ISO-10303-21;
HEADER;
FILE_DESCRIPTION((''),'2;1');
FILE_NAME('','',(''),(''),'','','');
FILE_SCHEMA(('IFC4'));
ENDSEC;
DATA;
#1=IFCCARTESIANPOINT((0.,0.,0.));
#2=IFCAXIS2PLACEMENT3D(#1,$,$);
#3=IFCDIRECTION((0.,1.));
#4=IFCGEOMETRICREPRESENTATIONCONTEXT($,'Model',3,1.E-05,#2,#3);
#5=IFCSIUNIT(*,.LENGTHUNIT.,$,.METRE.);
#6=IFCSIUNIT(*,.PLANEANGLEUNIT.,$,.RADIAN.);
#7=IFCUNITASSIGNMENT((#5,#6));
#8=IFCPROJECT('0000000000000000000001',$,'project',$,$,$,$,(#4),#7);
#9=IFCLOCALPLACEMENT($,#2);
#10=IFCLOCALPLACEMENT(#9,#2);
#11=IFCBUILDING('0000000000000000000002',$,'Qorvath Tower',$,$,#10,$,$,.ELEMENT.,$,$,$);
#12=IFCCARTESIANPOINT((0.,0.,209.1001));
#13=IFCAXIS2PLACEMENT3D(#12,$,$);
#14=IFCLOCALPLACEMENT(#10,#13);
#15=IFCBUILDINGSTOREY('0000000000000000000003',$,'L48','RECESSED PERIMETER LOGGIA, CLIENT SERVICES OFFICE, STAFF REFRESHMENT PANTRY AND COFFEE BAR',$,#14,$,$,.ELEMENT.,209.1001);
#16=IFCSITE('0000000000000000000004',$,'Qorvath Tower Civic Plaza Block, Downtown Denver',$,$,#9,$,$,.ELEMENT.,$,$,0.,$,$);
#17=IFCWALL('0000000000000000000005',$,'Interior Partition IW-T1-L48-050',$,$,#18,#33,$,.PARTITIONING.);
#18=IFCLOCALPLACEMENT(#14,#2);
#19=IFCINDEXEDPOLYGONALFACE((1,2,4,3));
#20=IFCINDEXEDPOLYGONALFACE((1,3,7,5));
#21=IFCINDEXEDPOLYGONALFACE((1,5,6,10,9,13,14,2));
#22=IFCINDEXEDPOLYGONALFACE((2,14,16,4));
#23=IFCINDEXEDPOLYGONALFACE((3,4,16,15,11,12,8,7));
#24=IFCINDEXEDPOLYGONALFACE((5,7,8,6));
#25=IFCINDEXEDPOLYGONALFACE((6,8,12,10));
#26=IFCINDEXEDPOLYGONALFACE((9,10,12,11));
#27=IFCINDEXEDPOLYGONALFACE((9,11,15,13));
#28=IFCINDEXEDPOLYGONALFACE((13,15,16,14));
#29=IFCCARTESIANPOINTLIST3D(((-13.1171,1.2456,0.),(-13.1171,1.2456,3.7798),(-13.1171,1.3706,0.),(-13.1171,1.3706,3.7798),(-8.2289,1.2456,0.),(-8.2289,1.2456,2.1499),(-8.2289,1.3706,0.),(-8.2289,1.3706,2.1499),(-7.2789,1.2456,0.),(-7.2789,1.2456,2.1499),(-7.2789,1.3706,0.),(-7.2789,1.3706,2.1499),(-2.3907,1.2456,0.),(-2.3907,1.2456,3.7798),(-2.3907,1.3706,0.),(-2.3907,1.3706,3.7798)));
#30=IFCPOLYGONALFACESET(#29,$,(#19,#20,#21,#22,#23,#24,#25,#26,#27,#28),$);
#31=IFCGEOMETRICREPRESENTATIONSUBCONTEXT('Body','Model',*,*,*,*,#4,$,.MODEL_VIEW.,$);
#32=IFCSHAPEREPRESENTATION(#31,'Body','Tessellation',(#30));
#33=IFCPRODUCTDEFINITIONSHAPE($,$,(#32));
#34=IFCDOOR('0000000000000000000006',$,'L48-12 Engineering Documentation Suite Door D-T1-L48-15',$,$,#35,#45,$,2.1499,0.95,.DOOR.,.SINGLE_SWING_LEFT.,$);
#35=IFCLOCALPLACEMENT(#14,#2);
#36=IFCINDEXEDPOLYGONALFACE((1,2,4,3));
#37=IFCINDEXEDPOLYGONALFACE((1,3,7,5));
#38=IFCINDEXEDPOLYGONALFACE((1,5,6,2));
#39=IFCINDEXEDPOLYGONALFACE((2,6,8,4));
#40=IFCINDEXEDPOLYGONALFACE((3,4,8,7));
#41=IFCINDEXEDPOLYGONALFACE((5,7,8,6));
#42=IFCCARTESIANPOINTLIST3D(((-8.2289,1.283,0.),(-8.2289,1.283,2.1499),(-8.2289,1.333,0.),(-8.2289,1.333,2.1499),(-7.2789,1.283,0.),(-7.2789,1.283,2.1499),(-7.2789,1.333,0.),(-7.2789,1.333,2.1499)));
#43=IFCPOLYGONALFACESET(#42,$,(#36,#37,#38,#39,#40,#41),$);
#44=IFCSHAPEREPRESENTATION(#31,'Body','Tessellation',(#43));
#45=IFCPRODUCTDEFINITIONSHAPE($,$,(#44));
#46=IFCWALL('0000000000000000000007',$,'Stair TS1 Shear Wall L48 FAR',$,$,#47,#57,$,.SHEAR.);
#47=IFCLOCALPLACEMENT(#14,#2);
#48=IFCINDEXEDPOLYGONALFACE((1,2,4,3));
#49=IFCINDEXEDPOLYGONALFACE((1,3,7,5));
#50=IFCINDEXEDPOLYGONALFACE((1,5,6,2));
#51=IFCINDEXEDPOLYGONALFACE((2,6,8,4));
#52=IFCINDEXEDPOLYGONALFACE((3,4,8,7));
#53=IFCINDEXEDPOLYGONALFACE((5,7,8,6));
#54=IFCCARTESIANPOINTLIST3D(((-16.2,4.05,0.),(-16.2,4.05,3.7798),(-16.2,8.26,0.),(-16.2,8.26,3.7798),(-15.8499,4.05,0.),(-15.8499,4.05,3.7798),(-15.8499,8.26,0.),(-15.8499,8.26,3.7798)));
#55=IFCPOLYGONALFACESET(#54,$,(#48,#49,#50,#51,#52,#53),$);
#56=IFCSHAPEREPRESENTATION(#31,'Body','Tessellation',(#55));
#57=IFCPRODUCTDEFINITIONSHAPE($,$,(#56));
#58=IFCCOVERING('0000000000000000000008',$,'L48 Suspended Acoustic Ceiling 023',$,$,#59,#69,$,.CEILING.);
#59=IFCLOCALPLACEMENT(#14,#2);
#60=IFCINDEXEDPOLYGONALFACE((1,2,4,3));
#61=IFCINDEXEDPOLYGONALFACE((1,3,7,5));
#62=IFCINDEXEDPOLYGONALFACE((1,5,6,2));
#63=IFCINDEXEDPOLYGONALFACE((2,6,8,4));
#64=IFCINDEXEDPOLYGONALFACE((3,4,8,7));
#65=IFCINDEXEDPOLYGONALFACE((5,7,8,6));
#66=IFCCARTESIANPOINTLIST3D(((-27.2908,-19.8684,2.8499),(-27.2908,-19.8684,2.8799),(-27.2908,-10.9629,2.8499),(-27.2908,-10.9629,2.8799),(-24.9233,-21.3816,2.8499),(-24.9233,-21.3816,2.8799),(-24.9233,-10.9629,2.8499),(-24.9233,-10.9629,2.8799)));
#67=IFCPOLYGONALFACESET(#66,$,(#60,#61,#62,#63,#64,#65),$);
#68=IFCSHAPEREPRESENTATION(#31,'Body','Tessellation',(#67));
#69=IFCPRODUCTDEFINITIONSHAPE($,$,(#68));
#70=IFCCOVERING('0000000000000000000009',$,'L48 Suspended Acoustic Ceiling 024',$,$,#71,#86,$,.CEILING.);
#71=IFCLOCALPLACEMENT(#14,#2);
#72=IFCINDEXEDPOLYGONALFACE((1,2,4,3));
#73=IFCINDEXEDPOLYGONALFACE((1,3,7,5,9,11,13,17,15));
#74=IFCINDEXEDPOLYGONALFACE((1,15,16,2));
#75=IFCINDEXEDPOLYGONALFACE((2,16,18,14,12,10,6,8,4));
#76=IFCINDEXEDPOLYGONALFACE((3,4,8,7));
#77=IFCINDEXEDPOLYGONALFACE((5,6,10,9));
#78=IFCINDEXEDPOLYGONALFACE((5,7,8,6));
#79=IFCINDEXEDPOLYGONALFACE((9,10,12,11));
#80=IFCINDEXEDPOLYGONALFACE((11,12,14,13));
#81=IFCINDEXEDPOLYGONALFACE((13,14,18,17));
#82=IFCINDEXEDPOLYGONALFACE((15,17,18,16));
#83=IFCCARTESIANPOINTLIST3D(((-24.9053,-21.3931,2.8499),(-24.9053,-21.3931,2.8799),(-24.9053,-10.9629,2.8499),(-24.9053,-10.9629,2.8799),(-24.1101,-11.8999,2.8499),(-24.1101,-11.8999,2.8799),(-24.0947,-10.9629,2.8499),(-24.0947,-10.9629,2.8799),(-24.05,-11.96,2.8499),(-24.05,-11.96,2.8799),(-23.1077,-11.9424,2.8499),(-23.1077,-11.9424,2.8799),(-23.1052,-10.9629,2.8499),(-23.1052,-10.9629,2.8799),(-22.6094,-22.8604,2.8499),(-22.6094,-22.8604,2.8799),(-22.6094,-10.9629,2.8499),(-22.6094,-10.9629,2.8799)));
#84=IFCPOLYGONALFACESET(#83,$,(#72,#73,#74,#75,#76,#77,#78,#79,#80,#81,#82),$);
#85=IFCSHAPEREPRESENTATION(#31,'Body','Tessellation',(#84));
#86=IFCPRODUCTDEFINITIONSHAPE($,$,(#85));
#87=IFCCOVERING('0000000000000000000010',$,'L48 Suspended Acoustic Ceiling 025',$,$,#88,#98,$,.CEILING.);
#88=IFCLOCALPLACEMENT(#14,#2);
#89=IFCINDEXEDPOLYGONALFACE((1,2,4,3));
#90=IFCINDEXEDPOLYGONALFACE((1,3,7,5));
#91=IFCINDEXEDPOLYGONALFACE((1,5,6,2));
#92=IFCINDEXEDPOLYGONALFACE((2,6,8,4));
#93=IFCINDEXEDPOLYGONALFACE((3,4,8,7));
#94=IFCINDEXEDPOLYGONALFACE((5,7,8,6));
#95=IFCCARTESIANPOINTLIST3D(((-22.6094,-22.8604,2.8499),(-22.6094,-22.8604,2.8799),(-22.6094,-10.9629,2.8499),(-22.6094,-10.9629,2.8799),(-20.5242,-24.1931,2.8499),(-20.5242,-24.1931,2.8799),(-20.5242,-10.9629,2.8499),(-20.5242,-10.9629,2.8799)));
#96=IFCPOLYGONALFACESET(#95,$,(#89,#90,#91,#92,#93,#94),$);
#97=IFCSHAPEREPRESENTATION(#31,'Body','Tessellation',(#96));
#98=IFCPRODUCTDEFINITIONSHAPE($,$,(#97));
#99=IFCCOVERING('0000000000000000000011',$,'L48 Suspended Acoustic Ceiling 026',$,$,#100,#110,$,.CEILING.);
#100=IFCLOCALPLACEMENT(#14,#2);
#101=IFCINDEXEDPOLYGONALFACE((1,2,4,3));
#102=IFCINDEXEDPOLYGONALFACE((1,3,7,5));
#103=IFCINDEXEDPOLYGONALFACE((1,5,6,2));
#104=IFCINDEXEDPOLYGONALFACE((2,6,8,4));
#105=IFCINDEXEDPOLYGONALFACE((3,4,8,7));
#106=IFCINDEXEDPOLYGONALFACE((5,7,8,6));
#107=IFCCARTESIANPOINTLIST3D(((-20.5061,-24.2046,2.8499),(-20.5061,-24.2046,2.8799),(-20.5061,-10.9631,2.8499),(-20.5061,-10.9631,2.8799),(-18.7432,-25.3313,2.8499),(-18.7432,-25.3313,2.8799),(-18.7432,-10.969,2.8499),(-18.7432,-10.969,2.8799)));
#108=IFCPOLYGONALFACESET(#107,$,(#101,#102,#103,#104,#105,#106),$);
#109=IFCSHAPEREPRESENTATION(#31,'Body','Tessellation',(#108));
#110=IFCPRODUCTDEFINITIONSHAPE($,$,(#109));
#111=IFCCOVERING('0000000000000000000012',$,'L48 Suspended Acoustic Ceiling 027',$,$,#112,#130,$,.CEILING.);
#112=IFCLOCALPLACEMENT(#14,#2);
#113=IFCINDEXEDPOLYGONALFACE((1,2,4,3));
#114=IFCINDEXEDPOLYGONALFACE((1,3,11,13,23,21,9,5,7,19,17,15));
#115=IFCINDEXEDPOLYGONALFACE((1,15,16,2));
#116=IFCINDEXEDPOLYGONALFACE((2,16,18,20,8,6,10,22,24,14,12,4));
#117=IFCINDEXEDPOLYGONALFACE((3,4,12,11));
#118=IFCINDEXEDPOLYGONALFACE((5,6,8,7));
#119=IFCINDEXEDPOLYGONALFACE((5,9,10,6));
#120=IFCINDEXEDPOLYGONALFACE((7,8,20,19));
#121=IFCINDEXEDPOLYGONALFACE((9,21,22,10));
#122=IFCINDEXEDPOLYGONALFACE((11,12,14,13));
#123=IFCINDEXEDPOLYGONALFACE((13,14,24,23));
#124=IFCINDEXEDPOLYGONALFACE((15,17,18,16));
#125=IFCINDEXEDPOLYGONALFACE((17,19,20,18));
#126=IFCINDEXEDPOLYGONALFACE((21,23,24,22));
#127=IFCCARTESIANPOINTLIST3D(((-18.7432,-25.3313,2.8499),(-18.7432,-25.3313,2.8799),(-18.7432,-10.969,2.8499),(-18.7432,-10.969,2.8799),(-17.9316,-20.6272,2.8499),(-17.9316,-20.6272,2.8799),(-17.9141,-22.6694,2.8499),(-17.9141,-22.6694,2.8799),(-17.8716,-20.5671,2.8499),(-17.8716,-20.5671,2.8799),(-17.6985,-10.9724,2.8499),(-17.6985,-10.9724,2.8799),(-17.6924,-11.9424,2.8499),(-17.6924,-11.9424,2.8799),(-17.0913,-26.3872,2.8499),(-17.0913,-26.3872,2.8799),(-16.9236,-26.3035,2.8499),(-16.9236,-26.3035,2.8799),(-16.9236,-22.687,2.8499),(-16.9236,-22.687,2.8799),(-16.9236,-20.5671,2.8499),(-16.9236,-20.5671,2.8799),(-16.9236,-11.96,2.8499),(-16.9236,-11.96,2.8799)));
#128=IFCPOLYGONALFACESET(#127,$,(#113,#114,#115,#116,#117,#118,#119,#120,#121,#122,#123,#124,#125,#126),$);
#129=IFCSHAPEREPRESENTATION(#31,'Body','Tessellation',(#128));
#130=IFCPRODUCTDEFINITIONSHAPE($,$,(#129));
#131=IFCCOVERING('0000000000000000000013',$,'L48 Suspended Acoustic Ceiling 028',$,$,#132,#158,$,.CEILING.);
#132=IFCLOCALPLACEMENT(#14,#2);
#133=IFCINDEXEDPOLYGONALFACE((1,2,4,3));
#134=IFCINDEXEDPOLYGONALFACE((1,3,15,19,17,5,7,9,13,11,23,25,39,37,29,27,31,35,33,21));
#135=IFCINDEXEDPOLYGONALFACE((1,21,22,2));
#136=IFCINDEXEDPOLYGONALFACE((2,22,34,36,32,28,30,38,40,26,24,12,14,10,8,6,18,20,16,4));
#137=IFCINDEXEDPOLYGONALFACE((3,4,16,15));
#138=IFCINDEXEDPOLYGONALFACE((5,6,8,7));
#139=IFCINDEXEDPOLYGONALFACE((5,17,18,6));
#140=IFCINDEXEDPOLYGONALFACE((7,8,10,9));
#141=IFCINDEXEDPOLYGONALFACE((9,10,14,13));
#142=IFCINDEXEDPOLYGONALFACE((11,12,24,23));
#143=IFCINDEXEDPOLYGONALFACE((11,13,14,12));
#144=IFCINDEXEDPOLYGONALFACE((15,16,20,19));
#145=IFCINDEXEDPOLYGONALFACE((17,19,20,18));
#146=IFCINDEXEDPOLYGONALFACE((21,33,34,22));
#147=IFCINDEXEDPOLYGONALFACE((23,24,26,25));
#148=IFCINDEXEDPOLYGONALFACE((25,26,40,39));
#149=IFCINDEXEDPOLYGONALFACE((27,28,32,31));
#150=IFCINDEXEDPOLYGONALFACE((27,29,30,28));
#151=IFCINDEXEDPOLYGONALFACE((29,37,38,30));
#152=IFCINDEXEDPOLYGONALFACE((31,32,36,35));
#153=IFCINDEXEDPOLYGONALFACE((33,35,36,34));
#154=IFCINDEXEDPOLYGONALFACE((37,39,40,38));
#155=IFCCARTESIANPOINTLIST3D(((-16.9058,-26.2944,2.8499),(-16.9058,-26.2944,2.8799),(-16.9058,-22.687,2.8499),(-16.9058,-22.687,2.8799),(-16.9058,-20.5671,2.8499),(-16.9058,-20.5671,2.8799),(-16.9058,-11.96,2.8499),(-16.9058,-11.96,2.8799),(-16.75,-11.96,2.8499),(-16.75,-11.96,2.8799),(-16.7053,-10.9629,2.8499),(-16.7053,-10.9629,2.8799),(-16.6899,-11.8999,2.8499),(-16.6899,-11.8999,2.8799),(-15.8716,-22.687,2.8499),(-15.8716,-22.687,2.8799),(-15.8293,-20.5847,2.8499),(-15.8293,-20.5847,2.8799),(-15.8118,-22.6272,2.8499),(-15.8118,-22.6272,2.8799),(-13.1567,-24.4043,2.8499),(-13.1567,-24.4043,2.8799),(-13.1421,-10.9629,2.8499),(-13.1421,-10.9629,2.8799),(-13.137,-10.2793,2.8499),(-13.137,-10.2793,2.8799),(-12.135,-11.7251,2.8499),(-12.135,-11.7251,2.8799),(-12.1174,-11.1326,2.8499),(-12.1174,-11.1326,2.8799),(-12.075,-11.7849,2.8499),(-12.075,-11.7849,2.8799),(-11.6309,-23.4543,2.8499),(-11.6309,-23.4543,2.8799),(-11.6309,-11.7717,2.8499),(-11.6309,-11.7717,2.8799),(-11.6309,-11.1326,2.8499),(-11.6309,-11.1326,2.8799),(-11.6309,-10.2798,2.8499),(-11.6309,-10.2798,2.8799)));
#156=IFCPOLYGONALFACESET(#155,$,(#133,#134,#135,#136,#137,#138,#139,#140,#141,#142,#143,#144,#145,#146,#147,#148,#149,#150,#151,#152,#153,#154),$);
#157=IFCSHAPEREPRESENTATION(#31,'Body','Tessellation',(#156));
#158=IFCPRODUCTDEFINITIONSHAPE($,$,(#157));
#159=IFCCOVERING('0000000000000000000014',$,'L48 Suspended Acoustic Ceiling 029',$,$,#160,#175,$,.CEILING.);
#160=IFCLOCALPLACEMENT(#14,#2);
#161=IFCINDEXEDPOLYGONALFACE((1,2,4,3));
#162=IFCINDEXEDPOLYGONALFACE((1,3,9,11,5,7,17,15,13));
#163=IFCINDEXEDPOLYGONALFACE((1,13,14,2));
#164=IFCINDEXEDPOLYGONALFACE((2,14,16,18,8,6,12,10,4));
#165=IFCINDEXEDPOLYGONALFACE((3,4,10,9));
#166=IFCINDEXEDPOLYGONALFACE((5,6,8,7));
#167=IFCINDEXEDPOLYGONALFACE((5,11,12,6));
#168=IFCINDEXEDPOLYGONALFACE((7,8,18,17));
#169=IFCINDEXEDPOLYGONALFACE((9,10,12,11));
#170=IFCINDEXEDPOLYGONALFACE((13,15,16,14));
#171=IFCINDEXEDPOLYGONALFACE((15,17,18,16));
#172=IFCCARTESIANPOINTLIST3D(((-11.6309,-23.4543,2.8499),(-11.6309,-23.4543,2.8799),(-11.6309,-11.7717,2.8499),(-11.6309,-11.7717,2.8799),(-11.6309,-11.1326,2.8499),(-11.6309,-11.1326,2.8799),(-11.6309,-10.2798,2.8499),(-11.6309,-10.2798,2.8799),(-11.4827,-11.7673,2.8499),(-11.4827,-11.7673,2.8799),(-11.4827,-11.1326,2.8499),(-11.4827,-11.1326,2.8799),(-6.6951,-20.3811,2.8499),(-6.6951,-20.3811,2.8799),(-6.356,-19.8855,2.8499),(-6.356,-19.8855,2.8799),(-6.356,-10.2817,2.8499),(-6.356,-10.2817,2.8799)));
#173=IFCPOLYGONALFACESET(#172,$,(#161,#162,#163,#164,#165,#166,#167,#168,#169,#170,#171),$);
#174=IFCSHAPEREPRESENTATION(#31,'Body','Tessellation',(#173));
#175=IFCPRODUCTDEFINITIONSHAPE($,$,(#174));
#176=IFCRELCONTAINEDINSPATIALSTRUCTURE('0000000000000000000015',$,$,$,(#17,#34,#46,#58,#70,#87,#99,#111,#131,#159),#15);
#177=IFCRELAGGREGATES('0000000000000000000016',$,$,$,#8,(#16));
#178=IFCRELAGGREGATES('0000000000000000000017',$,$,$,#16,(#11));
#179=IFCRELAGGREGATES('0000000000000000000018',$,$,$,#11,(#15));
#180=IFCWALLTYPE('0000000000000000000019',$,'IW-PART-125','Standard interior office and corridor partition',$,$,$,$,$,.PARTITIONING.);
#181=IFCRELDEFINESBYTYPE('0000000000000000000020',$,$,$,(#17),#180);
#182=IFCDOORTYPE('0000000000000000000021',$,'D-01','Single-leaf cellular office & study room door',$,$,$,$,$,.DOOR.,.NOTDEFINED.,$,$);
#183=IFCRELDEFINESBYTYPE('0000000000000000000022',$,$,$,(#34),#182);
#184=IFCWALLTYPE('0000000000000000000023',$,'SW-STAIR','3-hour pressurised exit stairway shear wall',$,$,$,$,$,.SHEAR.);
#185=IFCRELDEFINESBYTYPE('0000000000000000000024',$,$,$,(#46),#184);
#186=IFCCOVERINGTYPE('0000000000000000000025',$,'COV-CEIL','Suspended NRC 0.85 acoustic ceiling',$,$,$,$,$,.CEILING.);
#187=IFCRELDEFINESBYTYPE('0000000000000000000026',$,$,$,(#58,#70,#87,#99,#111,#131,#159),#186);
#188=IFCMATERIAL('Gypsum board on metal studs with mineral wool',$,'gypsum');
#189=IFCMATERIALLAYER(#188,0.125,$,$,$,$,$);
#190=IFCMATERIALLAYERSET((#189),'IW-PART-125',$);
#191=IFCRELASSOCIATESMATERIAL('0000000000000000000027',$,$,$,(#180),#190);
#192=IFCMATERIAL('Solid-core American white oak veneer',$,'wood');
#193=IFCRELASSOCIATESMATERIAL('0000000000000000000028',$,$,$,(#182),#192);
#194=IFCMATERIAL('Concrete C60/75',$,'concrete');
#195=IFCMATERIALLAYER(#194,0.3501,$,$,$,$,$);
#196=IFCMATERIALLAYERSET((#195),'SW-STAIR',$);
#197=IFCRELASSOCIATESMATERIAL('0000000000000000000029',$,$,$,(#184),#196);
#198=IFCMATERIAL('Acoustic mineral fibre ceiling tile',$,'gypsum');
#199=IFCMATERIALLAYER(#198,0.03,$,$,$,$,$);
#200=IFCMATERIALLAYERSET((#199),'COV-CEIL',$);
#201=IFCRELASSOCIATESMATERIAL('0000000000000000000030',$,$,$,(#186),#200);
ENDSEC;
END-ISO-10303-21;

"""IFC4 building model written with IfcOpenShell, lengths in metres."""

from ifc_helpers import new_model, si_unit, direction, frame, frame_2d, origin, place, context, subcontext, project, spatial, polyline, rectangle, outline, extrude, material, layer, layer_set, type_object, element, fill, save


model = new_model("IFC4")

# Units and contexts
model_context = context("Model", 3, precision=1e-05, world=origin(), true_north=direction((0.0, 1.0)))
body_context = subcontext(model_context, "Body", "Model", "MODEL_VIEW")
ifc_project = project(units=[si_unit("LENGTHUNIT", "METRE"), si_unit("PLANEANGLEUNIT", "RADIAN")], contexts=[model_context])

# Site, building, storey
site_placement = place(None, origin())
site = spatial("IfcSite", under=ifc_project, at=site_placement, Name="Qorvath Tower Civic Plaza Block, Downtown Denver", CompositionType="ELEMENT", RefElevation=0.0)
building_placement = place(site_placement, origin())
building = spatial("IfcBuilding", under=site, at=building_placement, Name="Qorvath Tower", CompositionType="ELEMENT")
storey_placement = place(building_placement, frame((0.0, 0.0, 209.1001)))
storey = spatial("IfcBuildingStorey", under=building, at=storey_placement, Name="L48", Description="RECESSED PERIMETER LOGGIA, CLIENT SERVICES OFFICE, STAFF REFRESHMENT PANTRY AND COFFEE BAR", CompositionType="ELEMENT", Elevation=209.1001)

# Shared definitions
ifc_material_1 = material(Name="Gypsum board on metal studs with mineral wool", Category="gypsum")
ifc_layer_1 = layer(ifc_material_1, 0.125)
ifc_layer_set_1 = layer_set([ifc_layer_1], Name="IW-PART-125")
wall_type_1 = type_object("IfcWallType", Name="IW-PART-125", Description="Standard interior office and corridor partition", PredefinedType="PARTITIONING", material=ifc_layer_set_1)

# Wall, opening, door
wall_1_placement = place(storey_placement, frame((-13.1172, 1.3081, 0.0), z_axis=(0.0, 0.0, 1.0), x_axis=(1.0, 0.0, 0.0)))
wall_1 = element("IfcWall", 1, at=wall_1_placement, inside=storey, type_object=wall_type_1, Name="Interior Partition IW-T1-L48-050", PredefinedType="PARTITIONING", context=body_context, shape_type="SweptSolid", body=[
    extrude(rectangle(XDim=10.7263, YDim=0.125, at=frame_2d((5.3633, 0.0))), origin(), (0.0, 0.0, 1.0), 3.7798),
])
opening_placement = place(wall_1_placement, frame((4.8882, 0.0, 0.0)))
opening = element("IfcOpeningElement", 2, at=opening_placement, cuts=wall_1, PredefinedType="OPENING", context=body_context, shape_type="SweptSolid", body=[
    extrude(rectangle(XDim=0.95, YDim=2.1499, at=frame_2d((0.4751, 1.075))), frame((0.0, 0.0725, 0.0), z_axis=(0.0, -1.0, 0.0), x_axis=(1.0, 0.0, 0.0)), (0.0, 0.0, 1.0), 0.145),
])
ifc_material_2 = material(Name="Solid-core American white oak veneer", Category="wood")
door_type = type_object("IfcDoorType", Name="D-01", Description="Single-leaf cellular office & study room door", OperationType="NOTDEFINED", PredefinedType="DOOR", material=ifc_material_2)
door_placement = place(opening_placement, origin())
door = element("IfcDoor", 3, at=door_placement, inside=storey, type_object=door_type, Name="L48-12 Engineering Documentation Suite Door D-T1-L48-15", OperationType="SINGLE_SWING_LEFT", OverallHeight=2.1499, OverallWidth=0.95, PredefinedType="DOOR", context=body_context, shape_type="SweptSolid", body=[
    extrude(rectangle(XDim=0.95, YDim=2.1499, at=frame_2d((0.4751, 1.075))), frame((0.0, 0.0249, 0.0), z_axis=(0.0, -1.0, 0.0), x_axis=(1.0, 0.0, 0.0)), (0.0, 0.0, 1.0), 0.05),
])
fill(opening, door)

# Wall
ifc_material_3 = material(Name="Concrete C60/75", Category="concrete")
ifc_layer_2 = layer(ifc_material_3, 0.3501)
ifc_layer_set_2 = layer_set([ifc_layer_2], Name="SW-STAIR")
wall_type_2 = type_object("IfcWallType", Name="SW-STAIR", Description="3-hour pressurised exit stairway shear wall", PredefinedType="SHEAR", material=ifc_layer_set_2)
wall_2_placement = place(storey_placement, frame((-16.0249, 4.05, 0.0), z_axis=(0.0, 0.0, 1.0), x_axis=(0.0, 1.0, 0.0)))
element("IfcWall", 4, at=wall_2_placement, inside=storey, type_object=wall_type_2, Name="Stair TS1 Shear Wall L48 FAR", PredefinedType="SHEAR", context=body_context, shape_type="SweptSolid", body=[
    extrude(rectangle(XDim=4.21, YDim=0.3501, at=frame_2d((2.105, 0.0))), origin(), (0.0, 0.0, 1.0), 3.7798),
])

# Coverings
ifc_material_4 = material(Name="Acoustic mineral fibre ceiling tile", Category="gypsum")
ifc_layer_3 = layer(ifc_material_4, 0.03)
ifc_layer_set_3 = layer_set([ifc_layer_3], Name="COV-CEIL")
covering_type_1 = type_object("IfcCoveringType", Name="COV-CEIL", Description="Suspended NRC 0.85 acoustic ceiling", PredefinedType="CEILING", material=ifc_layer_set_3)
covering_1_placement = place(storey_placement, frame((0.0, 0.0, 2.8499)))
element("IfcCovering", 5, at=covering_1_placement, inside=storey, type_object=covering_type_1, Name="L48 Suspended Acoustic Ceiling 023", PredefinedType="CEILING", context=body_context, shape_type="SweptSolid", body=[
    extrude(outline(polyline([(-27.2908, -10.9629), (-27.2908, -19.8684), (-24.9233, -21.3816), (-24.9233, -10.9629), (-27.2908, -10.9629)])), origin(), (0.0, 0.0, 1.0), 0.03),
])
covering_2_placement = place(storey_placement, frame((0.0, 0.0, 2.8499)))
element("IfcCovering", 6, at=covering_2_placement, inside=storey, type_object=covering_type_1, Name="L48 Suspended Acoustic Ceiling 024", PredefinedType="CEILING", context=body_context, shape_type="SweptSolid", body=[
    extrude(outline(polyline([(-24.9053, -10.9629), (-24.9053, -21.3931), (-22.6094, -22.8604), (-22.6094, -10.9629), (-23.1052, -10.9629), (-23.1077, -11.9424), (-24.05, -11.96), (-24.1101, -11.8999), (-24.0947, -10.9629), (-24.9053, -10.9629)])), origin(), (0.0, 0.0, 1.0), 0.03),
])
covering_3_placement = place(storey_placement, frame((0.0, 0.0, 2.8499)))
element("IfcCovering", 7, at=covering_3_placement, inside=storey, type_object=covering_type_1, Name="L48 Suspended Acoustic Ceiling 025", PredefinedType="CEILING", context=body_context, shape_type="SweptSolid", body=[
    extrude(outline(polyline([(-22.6094, -10.9629), (-22.6094, -22.8604), (-20.5242, -24.1931), (-20.5242, -10.9629), (-22.6094, -10.9629)])), origin(), (0.0, 0.0, 1.0), 0.03),
])
covering_4_placement = place(storey_placement, frame((0.0, 0.0, 2.8499)))
element("IfcCovering", 8, at=covering_4_placement, inside=storey, type_object=covering_type_1, Name="L48 Suspended Acoustic Ceiling 026", PredefinedType="CEILING", context=body_context, shape_type="SweptSolid", body=[
    extrude(outline(polyline([(-18.7432, -25.3313), (-18.7432, -10.969), (-20.5061, -10.9631), (-20.5061, -24.2046), (-18.7432, -25.3313)])), origin(), (0.0, 0.0, 1.0), 0.03),
])
covering_5_placement = place(storey_placement, frame((0.0, 0.0, 2.8499)))
element("IfcCovering", 9, at=covering_5_placement, inside=storey, type_object=covering_type_1, Name="L48 Suspended Acoustic Ceiling 027", PredefinedType="CEILING", context=body_context, shape_type="SweptSolid", body=[
    extrude(outline(polyline([(-17.8716, -20.5671), (-16.9236, -20.5671), (-16.9236, -11.96), (-17.6924, -11.9424), (-17.6985, -10.9724), (-18.7432, -10.969), (-18.7432, -25.3313), (-17.0913, -26.3872), (-16.9236, -26.3035), (-16.9236, -22.687), (-17.9141, -22.6694), (-17.9316, -20.6272), (-17.8716, -20.5671)])), origin(), (0.0, 0.0, 1.0), 0.03),
])
covering_6_placement = place(storey_placement, frame((0.0, 0.0, 2.8499)))
element("IfcCovering", 10, at=covering_6_placement, inside=storey, type_object=covering_type_1, Name="L48 Suspended Acoustic Ceiling 028", PredefinedType="CEILING", context=body_context, shape_type="SweptSolid", body=[
    extrude(outline(polyline([(-16.9058, -22.687), (-16.9058, -26.2944), (-13.1567, -24.4043), (-11.6309, -23.4543), (-11.6309, -11.7717), (-12.075, -11.7849), (-12.135, -11.7251), (-12.1174, -11.1326), (-11.6309, -11.1326), (-11.6309, -10.2798), (-13.137, -10.2793), (-13.1421, -10.9629), (-16.7053, -10.9629), (-16.6899, -11.8999), (-16.75, -11.96), (-16.9058, -11.96), (-16.9058, -20.5671), (-15.8293, -20.5847), (-15.8118, -22.6272), (-15.8716, -22.687), (-16.9058, -22.687)])), origin(), (0.0, 0.0, 1.0), 0.03),
])
covering_7_placement = place(storey_placement, frame((0.0, 0.0, 2.8499)))
element("IfcCovering", 11, at=covering_7_placement, inside=storey, type_object=covering_type_1, Name="L48 Suspended Acoustic Ceiling 029", PredefinedType="CEILING", context=body_context, shape_type="SweptSolid", body=[
    extrude(outline(polyline([(-11.6309, -10.2798), (-11.6309, -11.1326), (-11.4827, -11.1326), (-11.4827, -11.7673), (-11.6309, -11.7717), (-11.6309, -23.4543), (-6.6951, -20.3811), (-6.356, -19.8855), (-6.356, -10.2817), (-11.6309, -10.2798)])), origin(), (0.0, 0.0, 1.0), 0.03),
])

save(model, "model.ifc")
